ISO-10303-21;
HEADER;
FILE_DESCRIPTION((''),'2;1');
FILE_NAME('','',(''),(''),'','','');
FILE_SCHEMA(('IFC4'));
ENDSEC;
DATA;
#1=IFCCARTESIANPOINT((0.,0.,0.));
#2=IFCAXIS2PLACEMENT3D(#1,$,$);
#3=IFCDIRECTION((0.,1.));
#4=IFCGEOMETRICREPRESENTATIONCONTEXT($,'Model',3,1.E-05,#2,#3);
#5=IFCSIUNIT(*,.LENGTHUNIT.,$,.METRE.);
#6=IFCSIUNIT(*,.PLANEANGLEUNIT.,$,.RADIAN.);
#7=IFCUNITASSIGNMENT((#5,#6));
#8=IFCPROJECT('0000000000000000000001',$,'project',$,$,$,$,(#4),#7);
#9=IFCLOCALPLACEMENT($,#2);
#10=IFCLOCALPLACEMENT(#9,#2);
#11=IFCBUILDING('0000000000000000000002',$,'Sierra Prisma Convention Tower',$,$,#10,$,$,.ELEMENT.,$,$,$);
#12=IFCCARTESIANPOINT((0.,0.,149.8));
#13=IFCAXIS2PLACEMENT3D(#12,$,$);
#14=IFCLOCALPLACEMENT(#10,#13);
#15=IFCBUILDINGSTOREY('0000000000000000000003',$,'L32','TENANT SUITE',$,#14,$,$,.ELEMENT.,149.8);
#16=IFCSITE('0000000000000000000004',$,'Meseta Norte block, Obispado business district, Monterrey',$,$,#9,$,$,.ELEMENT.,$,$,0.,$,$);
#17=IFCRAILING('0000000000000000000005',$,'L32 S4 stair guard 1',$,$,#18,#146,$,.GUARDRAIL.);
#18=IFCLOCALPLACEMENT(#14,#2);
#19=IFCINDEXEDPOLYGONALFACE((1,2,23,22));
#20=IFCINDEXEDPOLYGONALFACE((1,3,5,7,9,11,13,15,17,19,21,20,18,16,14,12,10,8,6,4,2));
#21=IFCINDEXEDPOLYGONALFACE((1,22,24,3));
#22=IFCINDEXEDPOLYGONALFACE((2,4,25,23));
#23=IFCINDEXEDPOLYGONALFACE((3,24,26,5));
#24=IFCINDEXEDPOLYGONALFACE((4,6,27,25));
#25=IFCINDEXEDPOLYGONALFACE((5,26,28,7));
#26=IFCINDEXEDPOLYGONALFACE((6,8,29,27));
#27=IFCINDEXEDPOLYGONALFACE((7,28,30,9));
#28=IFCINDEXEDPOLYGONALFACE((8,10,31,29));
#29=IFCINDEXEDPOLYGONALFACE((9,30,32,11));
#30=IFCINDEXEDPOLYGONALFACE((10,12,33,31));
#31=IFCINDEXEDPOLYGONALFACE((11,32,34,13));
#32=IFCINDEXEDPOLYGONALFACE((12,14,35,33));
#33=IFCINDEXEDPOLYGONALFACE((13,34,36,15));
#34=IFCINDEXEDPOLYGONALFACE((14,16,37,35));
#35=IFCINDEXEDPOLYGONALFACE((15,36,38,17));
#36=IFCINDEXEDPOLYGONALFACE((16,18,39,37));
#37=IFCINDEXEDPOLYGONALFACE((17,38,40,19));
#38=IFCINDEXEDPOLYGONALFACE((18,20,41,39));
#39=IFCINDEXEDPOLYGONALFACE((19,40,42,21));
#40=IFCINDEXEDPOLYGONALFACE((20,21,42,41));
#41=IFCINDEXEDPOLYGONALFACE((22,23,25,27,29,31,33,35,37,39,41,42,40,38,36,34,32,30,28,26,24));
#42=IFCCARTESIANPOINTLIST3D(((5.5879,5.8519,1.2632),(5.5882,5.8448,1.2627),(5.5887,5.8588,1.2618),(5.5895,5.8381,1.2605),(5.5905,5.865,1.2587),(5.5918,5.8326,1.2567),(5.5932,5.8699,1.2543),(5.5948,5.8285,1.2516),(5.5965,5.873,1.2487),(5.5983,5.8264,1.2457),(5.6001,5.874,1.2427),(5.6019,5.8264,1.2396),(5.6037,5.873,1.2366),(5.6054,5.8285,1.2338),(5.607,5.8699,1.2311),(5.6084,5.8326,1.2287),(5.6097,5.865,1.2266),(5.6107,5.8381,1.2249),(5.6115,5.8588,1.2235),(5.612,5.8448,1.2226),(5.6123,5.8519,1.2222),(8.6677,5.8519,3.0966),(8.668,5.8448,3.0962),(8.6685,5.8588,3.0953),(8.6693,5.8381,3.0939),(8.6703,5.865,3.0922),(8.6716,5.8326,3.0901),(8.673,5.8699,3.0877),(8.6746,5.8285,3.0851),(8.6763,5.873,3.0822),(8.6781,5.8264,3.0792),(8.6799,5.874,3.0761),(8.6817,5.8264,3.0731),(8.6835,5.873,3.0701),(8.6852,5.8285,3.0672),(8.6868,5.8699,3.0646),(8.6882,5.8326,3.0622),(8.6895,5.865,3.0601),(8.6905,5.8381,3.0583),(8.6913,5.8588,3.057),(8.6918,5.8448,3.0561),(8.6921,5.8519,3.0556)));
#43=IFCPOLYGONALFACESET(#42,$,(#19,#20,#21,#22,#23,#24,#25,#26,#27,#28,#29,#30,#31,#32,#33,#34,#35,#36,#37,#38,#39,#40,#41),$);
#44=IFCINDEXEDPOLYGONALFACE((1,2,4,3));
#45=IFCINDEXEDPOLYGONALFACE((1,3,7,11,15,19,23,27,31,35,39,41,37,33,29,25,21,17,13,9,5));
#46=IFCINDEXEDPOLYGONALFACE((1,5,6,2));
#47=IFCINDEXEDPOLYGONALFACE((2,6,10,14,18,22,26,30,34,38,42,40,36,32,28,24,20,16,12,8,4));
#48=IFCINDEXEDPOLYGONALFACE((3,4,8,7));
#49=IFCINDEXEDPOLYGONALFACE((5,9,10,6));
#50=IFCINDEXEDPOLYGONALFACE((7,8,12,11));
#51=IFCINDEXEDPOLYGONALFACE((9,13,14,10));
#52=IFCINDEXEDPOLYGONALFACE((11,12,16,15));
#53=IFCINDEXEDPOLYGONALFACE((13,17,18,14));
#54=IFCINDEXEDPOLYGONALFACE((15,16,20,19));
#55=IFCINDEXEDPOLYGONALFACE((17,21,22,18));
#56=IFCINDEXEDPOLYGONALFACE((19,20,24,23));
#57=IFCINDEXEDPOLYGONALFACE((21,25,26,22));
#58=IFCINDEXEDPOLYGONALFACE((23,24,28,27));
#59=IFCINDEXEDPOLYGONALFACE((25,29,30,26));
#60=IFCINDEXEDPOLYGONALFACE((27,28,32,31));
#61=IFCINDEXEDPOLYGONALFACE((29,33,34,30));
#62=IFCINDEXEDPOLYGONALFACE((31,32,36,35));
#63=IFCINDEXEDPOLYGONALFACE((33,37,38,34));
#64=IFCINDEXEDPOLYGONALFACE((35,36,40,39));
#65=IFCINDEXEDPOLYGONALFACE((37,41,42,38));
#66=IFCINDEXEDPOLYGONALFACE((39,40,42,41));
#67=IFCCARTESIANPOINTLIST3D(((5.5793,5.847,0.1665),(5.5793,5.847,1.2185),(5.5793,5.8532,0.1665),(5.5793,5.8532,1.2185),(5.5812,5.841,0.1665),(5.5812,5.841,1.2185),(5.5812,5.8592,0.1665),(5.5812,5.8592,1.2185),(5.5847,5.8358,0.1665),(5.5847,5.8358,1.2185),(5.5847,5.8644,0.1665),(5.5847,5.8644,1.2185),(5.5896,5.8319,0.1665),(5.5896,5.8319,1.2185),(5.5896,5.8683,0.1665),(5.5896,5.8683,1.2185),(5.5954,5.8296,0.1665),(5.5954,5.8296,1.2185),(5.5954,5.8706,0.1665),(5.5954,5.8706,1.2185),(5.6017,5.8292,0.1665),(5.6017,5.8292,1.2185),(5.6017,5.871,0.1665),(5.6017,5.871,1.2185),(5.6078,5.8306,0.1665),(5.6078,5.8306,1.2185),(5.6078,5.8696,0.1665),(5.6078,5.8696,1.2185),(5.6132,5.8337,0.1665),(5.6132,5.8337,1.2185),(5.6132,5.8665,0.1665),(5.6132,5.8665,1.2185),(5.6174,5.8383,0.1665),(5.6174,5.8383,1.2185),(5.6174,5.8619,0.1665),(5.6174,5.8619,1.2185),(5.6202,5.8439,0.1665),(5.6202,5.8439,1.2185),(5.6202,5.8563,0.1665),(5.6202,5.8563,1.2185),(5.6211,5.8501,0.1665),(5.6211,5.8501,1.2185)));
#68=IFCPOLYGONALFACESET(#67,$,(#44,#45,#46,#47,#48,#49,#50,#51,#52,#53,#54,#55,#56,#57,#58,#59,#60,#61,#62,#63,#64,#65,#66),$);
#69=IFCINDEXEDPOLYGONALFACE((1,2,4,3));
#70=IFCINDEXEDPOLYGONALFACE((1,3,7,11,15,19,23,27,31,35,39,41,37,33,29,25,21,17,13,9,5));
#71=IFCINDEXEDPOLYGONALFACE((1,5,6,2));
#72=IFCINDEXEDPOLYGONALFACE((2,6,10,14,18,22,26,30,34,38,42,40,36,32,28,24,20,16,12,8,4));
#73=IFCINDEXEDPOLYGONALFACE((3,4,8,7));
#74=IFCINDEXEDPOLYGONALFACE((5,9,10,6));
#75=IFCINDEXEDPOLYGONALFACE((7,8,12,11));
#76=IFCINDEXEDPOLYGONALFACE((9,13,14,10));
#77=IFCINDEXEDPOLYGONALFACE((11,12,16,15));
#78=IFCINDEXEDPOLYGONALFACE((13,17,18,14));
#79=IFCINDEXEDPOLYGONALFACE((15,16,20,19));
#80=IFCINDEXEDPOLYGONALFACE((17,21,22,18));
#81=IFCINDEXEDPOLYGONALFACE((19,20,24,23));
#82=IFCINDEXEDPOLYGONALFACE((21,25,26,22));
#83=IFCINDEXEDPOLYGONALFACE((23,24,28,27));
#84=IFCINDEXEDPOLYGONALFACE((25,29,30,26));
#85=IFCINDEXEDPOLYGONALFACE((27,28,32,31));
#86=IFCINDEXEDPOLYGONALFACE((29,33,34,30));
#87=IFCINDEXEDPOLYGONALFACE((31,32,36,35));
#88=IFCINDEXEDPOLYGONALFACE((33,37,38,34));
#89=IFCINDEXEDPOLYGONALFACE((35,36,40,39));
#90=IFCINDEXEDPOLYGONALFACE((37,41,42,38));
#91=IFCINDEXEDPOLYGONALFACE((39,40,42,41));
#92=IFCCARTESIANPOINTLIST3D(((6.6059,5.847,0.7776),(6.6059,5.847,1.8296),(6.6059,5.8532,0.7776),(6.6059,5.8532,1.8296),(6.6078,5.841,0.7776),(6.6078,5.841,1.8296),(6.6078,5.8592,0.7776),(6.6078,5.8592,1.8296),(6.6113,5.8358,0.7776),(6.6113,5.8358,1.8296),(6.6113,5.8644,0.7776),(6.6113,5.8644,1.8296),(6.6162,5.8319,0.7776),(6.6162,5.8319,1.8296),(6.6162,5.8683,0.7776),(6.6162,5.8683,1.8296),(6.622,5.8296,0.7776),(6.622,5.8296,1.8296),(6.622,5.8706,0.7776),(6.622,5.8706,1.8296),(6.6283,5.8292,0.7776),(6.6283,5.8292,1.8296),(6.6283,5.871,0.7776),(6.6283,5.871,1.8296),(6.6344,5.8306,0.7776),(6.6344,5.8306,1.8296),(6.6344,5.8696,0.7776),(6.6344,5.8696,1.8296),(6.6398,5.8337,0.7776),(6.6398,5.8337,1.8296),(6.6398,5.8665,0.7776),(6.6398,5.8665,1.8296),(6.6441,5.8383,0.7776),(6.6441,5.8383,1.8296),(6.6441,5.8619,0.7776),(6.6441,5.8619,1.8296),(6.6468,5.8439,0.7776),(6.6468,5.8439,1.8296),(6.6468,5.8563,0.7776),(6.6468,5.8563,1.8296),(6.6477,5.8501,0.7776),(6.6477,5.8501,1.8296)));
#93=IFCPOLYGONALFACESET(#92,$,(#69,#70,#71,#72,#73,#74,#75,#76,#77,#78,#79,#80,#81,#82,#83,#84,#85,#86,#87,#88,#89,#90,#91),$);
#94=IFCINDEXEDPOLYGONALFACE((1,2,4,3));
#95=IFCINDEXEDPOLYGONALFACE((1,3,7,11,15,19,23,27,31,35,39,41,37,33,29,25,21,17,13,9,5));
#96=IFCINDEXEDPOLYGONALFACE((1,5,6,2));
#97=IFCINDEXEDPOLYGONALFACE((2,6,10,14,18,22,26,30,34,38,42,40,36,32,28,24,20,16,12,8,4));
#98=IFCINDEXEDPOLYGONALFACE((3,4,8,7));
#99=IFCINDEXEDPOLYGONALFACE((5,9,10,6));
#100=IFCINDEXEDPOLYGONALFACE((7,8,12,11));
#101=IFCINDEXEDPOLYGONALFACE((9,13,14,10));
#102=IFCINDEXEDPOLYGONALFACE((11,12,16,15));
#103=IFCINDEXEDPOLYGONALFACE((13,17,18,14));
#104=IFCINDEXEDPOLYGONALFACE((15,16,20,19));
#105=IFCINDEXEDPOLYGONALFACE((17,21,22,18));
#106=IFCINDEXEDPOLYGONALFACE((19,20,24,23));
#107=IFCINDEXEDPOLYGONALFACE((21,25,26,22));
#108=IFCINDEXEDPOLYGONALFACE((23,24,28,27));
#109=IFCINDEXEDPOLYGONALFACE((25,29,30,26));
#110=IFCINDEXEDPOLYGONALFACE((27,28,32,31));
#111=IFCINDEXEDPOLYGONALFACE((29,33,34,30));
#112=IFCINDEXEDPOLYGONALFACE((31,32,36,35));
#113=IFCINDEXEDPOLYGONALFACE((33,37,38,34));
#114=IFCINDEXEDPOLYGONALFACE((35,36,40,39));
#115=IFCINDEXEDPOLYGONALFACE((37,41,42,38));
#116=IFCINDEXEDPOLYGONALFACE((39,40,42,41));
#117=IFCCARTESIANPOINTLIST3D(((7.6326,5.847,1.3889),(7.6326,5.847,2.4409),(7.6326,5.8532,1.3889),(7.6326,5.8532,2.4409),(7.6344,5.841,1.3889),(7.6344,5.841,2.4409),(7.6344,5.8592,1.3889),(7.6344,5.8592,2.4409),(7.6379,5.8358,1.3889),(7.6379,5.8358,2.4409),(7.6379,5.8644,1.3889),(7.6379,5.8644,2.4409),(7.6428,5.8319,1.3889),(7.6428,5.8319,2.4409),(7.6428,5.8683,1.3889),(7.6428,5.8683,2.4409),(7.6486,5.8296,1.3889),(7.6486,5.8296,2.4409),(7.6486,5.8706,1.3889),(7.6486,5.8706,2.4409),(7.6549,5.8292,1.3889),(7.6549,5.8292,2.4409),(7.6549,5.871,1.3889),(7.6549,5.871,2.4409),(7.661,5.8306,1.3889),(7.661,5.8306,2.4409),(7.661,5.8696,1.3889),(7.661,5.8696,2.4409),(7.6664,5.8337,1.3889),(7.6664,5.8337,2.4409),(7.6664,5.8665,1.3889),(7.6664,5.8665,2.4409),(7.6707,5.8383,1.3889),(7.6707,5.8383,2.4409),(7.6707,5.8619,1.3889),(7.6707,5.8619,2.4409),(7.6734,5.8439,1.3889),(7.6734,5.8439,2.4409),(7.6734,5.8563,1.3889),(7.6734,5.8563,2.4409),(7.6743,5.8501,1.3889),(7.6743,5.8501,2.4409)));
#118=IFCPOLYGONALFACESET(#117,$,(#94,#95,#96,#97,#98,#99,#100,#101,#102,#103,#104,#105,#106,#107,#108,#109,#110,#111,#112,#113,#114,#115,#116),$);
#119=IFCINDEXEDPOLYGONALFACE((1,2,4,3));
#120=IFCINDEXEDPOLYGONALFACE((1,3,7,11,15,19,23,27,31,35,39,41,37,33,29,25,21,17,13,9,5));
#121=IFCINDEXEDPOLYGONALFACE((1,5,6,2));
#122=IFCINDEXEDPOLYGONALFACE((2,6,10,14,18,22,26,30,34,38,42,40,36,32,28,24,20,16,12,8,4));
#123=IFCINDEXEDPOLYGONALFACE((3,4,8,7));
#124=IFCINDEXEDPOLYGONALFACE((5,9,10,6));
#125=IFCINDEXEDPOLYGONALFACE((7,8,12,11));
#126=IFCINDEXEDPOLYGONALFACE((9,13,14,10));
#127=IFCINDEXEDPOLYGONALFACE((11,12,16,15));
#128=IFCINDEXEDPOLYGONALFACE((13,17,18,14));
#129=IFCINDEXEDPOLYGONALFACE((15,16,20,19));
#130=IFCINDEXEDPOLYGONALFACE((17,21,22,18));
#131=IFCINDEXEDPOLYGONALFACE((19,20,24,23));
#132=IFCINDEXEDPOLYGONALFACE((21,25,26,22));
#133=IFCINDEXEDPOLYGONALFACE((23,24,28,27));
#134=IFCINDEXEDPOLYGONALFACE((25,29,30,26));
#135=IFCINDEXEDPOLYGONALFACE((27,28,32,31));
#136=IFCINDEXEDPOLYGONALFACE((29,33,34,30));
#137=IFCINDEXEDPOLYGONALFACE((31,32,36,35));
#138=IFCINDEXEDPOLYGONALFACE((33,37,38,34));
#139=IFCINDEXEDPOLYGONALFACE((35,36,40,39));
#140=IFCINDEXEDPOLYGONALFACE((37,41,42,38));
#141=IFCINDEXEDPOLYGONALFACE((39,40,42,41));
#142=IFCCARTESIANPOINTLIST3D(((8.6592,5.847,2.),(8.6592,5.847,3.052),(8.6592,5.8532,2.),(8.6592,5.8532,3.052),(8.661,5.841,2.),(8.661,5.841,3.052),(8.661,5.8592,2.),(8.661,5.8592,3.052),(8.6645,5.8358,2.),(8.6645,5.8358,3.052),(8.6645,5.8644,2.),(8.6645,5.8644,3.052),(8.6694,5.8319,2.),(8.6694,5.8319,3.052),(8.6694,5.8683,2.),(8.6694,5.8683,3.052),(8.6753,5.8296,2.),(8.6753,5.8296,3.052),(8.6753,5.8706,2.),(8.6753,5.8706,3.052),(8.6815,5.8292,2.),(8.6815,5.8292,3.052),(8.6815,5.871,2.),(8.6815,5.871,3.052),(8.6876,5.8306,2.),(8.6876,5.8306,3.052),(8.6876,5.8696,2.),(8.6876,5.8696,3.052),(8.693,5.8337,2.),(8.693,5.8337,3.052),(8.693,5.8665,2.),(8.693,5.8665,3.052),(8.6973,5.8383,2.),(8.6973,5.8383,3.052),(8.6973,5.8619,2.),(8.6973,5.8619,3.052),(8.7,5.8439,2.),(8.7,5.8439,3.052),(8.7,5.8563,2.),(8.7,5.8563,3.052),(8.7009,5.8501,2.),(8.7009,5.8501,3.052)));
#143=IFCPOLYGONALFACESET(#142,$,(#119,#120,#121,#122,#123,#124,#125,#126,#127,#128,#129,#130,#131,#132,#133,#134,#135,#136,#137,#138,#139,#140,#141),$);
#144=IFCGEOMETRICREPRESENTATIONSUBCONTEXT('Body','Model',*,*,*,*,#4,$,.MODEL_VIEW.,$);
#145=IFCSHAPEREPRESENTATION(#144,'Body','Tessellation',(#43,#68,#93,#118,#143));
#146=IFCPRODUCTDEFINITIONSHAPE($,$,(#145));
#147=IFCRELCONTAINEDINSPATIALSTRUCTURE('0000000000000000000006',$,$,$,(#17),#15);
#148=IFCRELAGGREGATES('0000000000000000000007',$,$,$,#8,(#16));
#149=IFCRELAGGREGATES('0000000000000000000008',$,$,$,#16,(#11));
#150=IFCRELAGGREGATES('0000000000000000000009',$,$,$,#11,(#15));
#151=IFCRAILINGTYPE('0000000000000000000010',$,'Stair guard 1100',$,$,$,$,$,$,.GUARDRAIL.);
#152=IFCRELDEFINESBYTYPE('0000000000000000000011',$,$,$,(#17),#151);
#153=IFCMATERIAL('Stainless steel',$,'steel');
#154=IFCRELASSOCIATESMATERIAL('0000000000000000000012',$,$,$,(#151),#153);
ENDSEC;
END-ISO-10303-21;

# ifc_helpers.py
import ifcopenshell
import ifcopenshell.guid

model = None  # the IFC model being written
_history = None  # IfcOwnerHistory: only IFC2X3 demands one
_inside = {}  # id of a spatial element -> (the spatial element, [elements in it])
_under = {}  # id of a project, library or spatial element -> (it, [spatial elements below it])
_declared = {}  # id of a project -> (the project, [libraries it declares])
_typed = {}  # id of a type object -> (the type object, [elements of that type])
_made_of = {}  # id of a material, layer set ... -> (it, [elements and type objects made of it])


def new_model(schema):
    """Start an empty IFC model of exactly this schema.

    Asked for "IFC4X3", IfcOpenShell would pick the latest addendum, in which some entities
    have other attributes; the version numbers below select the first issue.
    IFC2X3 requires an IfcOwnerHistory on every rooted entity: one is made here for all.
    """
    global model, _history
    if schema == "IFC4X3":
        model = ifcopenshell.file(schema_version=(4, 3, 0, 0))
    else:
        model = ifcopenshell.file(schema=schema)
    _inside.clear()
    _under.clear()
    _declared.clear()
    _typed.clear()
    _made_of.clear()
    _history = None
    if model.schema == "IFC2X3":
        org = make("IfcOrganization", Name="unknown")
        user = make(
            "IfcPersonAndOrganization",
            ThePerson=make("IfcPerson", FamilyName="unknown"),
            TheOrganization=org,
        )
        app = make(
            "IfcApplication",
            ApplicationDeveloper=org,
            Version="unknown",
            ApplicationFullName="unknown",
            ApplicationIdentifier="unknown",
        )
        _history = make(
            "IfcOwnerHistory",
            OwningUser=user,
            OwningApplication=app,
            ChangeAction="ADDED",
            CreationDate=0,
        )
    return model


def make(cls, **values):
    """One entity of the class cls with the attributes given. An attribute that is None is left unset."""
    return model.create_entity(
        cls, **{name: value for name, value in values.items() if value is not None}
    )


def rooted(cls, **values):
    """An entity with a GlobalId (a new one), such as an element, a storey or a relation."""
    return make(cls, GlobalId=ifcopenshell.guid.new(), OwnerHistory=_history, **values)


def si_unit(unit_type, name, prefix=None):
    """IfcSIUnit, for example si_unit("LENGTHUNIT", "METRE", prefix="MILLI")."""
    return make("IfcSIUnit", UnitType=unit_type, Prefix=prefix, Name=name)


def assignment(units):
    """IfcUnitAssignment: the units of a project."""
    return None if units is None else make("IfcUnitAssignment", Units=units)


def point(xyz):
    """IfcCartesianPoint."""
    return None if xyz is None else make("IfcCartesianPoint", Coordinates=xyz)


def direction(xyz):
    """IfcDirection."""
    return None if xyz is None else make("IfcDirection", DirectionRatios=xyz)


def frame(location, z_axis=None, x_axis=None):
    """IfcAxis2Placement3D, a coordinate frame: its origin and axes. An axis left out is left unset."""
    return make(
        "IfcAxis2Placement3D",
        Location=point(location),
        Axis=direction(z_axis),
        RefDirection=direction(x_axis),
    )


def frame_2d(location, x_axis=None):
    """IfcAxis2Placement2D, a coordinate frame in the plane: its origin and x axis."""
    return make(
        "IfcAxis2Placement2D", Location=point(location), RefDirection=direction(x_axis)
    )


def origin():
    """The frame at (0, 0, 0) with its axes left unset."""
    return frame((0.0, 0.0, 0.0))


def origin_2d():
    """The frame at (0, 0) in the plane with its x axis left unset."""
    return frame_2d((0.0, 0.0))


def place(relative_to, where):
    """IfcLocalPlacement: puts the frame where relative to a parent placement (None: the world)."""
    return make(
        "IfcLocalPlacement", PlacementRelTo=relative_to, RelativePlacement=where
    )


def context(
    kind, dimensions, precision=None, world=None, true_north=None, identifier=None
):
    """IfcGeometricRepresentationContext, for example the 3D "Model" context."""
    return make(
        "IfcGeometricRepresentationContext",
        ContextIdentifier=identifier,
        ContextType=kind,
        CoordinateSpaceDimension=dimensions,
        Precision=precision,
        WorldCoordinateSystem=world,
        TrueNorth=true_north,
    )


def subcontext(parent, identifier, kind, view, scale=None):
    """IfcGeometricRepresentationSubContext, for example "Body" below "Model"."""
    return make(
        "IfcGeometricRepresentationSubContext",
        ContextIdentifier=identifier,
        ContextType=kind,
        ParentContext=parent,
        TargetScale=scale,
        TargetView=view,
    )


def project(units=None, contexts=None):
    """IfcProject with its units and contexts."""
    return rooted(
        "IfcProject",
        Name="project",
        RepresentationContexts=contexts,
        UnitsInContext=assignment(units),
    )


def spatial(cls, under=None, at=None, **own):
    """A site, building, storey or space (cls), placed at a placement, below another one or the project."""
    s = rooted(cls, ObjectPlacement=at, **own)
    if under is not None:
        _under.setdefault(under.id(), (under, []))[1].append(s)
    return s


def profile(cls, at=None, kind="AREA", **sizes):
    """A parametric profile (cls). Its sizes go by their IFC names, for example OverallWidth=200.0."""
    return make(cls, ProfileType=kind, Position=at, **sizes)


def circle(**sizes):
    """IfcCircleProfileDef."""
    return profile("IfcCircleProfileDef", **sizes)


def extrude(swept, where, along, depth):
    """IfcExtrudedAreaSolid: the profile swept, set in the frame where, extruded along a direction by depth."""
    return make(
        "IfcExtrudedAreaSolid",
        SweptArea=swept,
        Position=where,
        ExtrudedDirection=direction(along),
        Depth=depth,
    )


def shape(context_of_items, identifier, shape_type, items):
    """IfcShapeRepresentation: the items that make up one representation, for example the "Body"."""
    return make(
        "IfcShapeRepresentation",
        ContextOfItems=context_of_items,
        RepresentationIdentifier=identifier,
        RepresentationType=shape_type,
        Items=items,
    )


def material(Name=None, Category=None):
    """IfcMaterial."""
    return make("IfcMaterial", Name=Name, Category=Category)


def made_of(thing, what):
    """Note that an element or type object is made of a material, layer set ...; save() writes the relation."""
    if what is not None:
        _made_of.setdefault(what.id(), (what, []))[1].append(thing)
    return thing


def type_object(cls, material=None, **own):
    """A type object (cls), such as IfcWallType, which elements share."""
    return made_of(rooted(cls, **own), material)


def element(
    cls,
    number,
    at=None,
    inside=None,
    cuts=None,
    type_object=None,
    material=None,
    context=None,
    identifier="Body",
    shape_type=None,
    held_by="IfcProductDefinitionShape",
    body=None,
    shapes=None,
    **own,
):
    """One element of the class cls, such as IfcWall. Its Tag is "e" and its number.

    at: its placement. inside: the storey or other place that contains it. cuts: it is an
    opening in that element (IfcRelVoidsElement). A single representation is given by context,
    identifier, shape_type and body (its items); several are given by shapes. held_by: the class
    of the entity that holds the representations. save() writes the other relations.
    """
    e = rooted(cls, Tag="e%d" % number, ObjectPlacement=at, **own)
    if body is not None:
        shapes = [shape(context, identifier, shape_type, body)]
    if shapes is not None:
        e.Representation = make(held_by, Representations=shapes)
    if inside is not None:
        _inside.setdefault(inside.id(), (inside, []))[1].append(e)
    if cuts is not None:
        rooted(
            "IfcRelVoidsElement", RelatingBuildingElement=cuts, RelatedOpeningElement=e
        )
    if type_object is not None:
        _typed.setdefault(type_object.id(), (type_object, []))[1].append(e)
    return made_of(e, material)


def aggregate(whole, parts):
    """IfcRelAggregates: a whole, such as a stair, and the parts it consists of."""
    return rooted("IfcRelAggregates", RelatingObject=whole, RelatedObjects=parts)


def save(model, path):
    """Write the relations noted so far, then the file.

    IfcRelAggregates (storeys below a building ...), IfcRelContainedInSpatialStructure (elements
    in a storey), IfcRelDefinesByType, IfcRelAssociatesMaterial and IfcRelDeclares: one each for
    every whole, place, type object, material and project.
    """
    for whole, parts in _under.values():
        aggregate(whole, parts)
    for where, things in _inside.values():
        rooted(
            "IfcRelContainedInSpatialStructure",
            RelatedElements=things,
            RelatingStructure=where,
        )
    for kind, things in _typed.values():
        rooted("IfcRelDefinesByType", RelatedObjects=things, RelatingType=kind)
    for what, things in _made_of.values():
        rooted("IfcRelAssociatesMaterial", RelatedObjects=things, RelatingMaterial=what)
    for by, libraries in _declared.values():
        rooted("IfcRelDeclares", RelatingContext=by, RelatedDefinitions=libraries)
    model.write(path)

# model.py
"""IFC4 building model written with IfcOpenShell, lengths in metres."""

from ifc_helpers import new_model, si_unit, direction, frame, origin, origin_2d, place, context, subcontext, project, spatial, circle, extrude, material, type_object, element, save


model = new_model("IFC4")

# Units and contexts
model_context = context("Model", 3, precision=1e-05, world=origin(), true_north=direction((0.0, 1.0)))
body_context = subcontext(model_context, "Body", "Model", "MODEL_VIEW")
ifc_project = project(units=[si_unit("LENGTHUNIT", "METRE"), si_unit("PLANEANGLEUNIT", "RADIAN")], contexts=[model_context])

# Site, building, storey
site_placement = place(None, origin())
site = spatial("IfcSite", under=ifc_project, at=site_placement, Name="Meseta Norte block, Obispado business district, Monterrey", CompositionType="ELEMENT", RefElevation=0.0)
building_placement = place(site_placement, origin())
building = spatial("IfcBuilding", under=site, at=building_placement, Name="Sierra Prisma Convention Tower", CompositionType="ELEMENT")
storey_placement = place(building_placement, frame((0.0, 0.0, 149.8)))
storey = spatial("IfcBuildingStorey", under=building, at=storey_placement, Name="L32", Description="TENANT SUITE", CompositionType="ELEMENT", Elevation=149.8)

# Railing
ifc_material_1 = material(Name="Stainless steel", Category="steel")
railing_type_1 = type_object("IfcRailingType", Name="Stair guard 1100", PredefinedType="GUARDRAIL", material=ifc_material_1)
railing_1_placement = place(storey_placement, frame((5.6001, 5.8501, 0.1665)))
element("IfcRailing", 1, at=railing_1_placement, inside=storey, type_object=railing_type_1, Name="L32 S4 stair guard 1", PredefinedType="GUARDRAIL", context=body_context, shape_type="SweptSolid", body=[
    extrude(circle(Radius=0.0239, at=origin_2d()), frame((0.0, 0.0, 1.0762), z_axis=(0.859261, 0.0, 0.511538), x_axis=(0.0, 1.0, 0.0)), (0.0, 0.0, 1.0), 3.5842),
    extrude(circle(Radius=0.021, at=origin_2d()), origin(), (0.0, 0.0, 1.0), 1.052),
    extrude(circle(Radius=0.021, at=origin_2d()), frame((1.0266, 0.0, 0.6111)), (0.0, 0.0, 1.0), 1.052),
    extrude(circle(Radius=0.021, at=origin_2d()), frame((2.0532, 0.0, 1.2224)), (0.0, 0.0, 1.0), 1.052),
    extrude(circle(Radius=0.021, at=origin_2d()), frame((3.0798, 0.0, 1.8335)), (0.0, 0.0, 1.0), 1.052),
])

save(model, "model.ifc")
